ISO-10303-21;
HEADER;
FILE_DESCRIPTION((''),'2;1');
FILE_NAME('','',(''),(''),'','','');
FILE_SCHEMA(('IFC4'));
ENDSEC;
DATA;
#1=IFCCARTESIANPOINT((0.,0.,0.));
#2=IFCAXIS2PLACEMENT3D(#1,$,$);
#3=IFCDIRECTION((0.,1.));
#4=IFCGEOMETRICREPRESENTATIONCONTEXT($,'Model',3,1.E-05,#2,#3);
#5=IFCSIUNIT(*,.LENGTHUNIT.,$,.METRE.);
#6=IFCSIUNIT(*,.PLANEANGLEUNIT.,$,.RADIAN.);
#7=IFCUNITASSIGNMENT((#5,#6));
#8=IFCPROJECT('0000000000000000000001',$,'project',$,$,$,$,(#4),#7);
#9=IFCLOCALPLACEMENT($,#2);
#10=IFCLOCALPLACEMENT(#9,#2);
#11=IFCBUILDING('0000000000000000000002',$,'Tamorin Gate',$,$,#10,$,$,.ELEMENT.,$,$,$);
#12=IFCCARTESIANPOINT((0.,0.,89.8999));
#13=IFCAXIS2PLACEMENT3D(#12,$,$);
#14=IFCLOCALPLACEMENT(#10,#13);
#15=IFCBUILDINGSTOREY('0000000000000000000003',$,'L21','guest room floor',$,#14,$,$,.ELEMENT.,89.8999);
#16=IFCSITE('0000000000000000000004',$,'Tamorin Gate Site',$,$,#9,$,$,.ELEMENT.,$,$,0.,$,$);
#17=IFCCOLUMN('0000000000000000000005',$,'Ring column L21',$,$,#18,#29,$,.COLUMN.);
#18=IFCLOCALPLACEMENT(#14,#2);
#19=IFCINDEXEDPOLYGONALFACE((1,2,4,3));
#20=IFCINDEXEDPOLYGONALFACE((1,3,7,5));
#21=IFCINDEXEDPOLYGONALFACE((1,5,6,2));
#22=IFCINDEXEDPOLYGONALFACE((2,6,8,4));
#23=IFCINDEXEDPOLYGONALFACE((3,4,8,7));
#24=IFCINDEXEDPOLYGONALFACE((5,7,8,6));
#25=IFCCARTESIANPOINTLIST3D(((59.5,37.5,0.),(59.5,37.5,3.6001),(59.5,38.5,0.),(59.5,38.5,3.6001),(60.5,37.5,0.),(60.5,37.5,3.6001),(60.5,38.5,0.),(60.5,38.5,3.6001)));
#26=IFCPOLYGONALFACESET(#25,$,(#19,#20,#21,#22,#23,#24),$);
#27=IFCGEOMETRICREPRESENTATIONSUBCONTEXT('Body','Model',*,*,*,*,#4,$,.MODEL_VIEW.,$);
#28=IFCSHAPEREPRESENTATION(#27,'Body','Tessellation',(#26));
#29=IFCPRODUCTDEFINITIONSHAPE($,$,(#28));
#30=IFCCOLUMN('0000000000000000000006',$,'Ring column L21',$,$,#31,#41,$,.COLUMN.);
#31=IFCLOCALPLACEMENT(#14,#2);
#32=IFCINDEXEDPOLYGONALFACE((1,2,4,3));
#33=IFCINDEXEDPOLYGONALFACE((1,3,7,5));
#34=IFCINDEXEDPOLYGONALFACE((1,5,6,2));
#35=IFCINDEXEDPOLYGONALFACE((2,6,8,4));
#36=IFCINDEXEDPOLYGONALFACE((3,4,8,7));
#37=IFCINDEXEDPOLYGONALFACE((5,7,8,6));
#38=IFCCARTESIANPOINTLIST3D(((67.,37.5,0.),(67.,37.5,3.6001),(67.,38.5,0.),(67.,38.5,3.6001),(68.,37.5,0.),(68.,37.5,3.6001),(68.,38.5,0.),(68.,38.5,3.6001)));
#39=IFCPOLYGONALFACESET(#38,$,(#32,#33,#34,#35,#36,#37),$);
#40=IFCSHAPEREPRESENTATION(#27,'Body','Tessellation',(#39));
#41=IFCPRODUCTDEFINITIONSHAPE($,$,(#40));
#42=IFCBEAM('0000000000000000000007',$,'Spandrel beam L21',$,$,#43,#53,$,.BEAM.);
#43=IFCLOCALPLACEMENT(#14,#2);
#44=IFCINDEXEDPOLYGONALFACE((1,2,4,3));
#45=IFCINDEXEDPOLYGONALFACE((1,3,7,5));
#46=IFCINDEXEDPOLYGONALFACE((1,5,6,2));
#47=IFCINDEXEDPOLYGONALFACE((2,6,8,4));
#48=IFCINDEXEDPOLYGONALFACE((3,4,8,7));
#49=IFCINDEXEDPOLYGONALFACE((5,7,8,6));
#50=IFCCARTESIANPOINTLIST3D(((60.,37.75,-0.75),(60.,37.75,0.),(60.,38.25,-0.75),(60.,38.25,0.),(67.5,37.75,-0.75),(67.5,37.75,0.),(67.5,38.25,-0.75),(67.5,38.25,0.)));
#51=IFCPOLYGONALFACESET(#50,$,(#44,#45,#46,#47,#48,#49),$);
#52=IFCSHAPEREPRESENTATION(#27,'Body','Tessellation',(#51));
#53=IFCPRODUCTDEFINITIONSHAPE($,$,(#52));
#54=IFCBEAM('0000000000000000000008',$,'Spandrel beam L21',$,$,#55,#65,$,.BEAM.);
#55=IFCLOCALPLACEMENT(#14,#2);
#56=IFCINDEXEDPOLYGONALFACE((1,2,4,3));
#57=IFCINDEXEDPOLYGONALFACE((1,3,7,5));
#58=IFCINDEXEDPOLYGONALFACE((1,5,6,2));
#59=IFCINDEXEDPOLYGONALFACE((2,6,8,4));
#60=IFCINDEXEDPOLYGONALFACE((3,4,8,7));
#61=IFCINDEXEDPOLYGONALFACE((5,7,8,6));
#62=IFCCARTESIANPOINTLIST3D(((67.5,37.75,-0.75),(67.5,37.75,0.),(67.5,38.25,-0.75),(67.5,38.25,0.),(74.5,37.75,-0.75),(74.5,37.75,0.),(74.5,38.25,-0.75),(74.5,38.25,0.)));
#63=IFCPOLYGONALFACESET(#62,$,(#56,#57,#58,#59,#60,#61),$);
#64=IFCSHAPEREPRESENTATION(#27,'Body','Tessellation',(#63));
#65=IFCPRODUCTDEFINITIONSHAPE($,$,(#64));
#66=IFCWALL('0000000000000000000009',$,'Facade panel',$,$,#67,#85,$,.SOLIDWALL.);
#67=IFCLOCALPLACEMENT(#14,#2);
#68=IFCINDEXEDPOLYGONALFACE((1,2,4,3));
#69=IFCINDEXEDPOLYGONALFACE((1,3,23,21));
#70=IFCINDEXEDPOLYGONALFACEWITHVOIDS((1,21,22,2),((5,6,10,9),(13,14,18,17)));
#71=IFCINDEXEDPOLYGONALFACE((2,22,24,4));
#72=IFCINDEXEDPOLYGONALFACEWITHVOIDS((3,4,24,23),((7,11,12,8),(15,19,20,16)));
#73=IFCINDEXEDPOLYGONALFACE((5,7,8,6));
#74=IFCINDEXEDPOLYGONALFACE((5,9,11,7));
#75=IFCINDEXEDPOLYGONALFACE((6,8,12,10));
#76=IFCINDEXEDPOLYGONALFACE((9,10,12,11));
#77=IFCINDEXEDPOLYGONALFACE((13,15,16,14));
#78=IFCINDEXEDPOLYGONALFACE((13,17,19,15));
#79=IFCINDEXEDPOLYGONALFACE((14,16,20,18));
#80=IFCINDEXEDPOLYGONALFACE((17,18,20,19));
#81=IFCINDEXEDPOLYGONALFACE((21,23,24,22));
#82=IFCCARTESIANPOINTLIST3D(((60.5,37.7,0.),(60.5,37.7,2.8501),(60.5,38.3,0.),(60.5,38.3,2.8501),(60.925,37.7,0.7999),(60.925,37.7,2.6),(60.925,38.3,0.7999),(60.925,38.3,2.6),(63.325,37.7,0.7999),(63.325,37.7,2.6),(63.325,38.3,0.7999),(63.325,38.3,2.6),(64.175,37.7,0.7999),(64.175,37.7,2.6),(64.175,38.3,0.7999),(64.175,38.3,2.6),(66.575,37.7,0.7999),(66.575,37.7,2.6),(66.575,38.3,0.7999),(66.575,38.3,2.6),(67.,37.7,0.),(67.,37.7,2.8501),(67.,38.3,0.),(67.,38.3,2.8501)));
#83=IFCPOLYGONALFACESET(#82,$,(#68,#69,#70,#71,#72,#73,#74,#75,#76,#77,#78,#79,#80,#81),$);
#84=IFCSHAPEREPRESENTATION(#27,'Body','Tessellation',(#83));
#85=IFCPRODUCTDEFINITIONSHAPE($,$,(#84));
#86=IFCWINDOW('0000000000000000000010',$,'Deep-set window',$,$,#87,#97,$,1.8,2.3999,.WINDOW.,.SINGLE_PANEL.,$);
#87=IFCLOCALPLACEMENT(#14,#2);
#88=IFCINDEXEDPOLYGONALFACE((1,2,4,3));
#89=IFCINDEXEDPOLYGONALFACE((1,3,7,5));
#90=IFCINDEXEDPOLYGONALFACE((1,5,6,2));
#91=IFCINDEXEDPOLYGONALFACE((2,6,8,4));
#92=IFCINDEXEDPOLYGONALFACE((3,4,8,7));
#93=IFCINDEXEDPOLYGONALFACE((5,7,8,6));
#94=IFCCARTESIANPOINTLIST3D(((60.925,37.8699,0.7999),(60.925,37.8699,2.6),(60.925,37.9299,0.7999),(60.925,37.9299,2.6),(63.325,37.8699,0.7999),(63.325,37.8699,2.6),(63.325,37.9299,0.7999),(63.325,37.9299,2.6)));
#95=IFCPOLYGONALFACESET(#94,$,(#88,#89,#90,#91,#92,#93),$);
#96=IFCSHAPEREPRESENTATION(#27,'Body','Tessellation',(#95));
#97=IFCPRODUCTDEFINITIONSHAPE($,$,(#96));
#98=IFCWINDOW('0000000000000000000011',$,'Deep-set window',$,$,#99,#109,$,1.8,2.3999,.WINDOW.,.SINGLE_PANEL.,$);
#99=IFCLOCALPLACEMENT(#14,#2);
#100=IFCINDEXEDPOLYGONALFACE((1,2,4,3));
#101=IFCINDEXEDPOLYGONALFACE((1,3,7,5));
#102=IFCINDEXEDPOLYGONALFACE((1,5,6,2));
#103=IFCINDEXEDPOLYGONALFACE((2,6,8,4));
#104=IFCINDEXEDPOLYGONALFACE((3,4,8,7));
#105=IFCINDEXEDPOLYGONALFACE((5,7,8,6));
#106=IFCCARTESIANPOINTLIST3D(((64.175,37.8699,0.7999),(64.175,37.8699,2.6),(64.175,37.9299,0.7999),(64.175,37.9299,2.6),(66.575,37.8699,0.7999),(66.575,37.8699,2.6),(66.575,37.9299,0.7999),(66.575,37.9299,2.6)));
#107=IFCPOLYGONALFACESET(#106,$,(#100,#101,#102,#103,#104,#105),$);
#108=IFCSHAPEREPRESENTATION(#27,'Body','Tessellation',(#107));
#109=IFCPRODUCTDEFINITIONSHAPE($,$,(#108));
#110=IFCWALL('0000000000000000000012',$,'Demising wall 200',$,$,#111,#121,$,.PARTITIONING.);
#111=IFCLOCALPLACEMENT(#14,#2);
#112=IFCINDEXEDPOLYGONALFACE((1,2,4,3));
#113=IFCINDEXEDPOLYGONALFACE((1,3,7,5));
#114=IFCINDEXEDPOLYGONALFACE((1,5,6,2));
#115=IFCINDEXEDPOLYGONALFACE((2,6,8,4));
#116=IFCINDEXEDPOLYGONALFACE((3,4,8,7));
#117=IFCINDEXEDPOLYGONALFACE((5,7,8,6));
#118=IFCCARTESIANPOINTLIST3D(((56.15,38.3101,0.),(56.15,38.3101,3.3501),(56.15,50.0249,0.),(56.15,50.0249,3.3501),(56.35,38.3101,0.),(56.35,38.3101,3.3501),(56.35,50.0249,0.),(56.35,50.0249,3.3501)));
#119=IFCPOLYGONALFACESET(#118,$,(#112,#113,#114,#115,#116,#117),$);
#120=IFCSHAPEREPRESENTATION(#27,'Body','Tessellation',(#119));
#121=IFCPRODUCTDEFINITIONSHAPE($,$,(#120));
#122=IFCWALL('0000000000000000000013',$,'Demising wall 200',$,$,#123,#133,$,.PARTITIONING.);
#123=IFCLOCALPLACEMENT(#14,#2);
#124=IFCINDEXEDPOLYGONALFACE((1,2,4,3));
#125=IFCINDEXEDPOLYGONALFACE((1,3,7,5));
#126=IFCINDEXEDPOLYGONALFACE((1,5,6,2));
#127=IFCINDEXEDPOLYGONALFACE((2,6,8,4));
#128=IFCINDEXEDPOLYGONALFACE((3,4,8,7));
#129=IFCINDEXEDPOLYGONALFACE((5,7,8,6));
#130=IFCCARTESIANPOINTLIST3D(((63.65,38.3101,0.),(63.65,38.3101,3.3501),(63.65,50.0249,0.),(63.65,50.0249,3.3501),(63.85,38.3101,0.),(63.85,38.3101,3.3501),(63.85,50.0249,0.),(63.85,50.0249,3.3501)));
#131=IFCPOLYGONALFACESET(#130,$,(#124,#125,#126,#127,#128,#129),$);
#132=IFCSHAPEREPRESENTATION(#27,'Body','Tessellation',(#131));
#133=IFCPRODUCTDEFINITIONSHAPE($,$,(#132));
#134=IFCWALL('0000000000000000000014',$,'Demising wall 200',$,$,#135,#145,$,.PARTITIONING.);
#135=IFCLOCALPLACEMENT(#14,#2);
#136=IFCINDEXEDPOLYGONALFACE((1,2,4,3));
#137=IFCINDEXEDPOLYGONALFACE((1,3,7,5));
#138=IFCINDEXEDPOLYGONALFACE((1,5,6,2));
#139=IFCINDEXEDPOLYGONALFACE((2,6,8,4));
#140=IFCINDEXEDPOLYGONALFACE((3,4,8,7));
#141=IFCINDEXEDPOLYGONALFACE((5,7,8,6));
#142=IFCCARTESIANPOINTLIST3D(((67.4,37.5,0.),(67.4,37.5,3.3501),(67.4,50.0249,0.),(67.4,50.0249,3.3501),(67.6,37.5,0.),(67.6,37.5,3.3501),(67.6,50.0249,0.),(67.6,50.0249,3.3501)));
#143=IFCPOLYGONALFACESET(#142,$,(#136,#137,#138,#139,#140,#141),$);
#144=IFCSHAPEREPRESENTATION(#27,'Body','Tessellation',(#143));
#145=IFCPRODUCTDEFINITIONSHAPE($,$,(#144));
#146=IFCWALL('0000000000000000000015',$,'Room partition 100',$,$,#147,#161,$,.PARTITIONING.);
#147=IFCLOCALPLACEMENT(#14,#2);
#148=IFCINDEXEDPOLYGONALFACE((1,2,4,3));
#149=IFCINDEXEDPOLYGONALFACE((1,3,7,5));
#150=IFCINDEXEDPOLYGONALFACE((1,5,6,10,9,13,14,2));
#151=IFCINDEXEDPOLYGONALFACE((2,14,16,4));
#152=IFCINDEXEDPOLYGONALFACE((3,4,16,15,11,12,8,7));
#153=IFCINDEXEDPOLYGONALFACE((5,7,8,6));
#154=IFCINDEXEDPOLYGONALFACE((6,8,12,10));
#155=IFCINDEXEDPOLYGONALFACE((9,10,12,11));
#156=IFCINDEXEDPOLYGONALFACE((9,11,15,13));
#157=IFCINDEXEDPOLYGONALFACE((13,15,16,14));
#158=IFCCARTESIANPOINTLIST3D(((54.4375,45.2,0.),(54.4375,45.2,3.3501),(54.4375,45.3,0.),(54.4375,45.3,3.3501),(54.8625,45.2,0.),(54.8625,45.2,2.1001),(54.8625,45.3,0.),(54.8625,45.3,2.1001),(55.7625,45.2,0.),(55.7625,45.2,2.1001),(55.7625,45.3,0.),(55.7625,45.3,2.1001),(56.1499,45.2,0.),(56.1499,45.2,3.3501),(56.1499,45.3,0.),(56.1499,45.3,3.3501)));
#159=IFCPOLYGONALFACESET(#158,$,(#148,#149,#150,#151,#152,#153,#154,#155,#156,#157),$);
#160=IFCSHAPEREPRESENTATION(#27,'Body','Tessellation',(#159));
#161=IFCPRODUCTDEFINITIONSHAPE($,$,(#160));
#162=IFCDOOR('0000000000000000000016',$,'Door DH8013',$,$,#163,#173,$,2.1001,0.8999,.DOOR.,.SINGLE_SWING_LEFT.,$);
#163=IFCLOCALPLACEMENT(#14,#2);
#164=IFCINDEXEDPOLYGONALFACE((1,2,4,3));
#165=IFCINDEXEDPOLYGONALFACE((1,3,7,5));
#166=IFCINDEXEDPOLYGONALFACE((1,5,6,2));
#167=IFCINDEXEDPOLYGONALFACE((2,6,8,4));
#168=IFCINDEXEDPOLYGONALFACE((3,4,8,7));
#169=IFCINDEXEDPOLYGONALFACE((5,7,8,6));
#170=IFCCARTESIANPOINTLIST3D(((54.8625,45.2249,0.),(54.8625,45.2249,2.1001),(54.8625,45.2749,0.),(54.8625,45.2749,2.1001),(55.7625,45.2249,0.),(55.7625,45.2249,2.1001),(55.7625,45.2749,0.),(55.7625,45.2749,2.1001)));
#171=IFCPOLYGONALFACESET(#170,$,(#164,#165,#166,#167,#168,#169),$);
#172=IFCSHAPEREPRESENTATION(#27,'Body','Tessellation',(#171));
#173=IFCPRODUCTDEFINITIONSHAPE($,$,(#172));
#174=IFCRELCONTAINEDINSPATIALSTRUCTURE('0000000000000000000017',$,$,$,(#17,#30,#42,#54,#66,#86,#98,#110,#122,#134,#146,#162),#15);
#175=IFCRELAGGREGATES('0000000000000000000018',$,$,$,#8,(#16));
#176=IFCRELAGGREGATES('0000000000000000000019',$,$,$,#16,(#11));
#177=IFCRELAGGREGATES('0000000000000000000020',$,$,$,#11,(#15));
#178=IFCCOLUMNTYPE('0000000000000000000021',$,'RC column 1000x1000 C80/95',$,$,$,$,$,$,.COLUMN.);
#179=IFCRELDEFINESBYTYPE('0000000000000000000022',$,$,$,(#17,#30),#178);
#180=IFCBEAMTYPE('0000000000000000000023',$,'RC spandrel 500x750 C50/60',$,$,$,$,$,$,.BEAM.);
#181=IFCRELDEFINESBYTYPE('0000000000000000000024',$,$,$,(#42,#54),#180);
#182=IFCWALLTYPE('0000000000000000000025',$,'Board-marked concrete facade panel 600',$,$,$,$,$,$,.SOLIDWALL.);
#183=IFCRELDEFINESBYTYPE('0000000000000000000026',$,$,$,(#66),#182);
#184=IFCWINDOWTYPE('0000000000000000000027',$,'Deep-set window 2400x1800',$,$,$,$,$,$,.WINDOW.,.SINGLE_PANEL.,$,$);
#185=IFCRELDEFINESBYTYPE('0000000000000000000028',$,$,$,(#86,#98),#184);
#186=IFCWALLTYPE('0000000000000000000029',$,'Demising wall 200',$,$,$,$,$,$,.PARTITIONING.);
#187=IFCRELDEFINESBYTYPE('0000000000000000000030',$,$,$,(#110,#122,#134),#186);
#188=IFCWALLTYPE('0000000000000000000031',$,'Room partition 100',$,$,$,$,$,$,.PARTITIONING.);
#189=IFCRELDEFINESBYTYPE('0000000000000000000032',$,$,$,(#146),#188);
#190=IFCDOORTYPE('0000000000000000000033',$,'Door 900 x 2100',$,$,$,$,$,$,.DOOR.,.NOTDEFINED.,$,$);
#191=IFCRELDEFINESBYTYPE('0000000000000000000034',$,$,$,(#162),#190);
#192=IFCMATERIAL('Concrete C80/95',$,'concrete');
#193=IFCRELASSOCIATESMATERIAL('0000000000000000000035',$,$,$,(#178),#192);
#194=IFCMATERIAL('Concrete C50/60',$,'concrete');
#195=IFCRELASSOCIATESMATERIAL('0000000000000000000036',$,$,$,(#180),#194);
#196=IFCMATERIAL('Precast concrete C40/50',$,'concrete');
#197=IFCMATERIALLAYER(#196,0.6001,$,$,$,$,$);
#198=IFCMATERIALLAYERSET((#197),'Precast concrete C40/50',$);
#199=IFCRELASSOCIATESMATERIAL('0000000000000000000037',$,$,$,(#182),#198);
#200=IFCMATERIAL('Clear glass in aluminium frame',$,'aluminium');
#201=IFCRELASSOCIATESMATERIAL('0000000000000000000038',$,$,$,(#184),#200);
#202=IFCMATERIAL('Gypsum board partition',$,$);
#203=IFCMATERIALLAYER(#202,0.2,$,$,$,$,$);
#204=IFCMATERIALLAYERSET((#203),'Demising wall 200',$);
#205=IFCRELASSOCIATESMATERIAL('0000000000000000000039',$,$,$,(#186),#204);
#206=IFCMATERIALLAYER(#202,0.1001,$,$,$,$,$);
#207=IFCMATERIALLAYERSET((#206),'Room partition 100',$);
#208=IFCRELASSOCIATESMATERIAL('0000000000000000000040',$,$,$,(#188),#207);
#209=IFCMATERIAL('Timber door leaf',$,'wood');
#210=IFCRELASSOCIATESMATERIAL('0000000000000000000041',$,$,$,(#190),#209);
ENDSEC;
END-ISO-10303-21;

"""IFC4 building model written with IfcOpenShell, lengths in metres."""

from ifc_helpers import new_model, si_unit, direction, frame, frame_2d, origin, origin_2d, place, context, subcontext, project, spatial, rectangle, extrude, material, layer, layer_set, material_profile, profile_set, type_object, element, fill, save


model = new_model("IFC4")

# Units and contexts
model_context = context("Model", 3, precision=1e-05, world=origin(), true_north=direction((0.0, 1.0)))
body_context = subcontext(model_context, "Body", "Model", "MODEL_VIEW")
ifc_project = project(units=[si_unit("LENGTHUNIT", "METRE"), si_unit("PLANEANGLEUNIT", "RADIAN")], contexts=[model_context])

# Site, building, storey
site_placement = place(None, origin())
site = spatial("IfcSite", under=ifc_project, at=site_placement, Name="Tamorin Gate Site", CompositionType="ELEMENT", RefElevation=0.0)
building_placement = place(site_placement, origin())
building = spatial("IfcBuilding", under=site, at=building_placement, Name="Tamorin Gate", CompositionType="ELEMENT")
storey_placement = place(building_placement, frame((0.0, 0.0, 89.8999)))
storey = spatial("IfcBuildingStorey", under=building, at=storey_placement, Name="L21", Description="guest room floor", CompositionType="ELEMENT", Elevation=89.8999)

# Columns
ifc_material_1 = material(Name="Concrete C80/95", Category="concrete")
ifc_material_profile_1 = material_profile(ifc_material_1, rectangle(XDim=1.0, YDim=1.0, at=origin_2d()), Name="RC 1000x1000")
ifc_profile_set_1 = profile_set([ifc_material_profile_1], Name="Concrete C80/95")
column_type = type_object("IfcColumnType", Name="RC column 1000x1000 C80/95", PredefinedType="COLUMN", material=ifc_profile_set_1)
for number, where, z_axis, x_axis, name in (
    (1, (60.0, 38.0, 0.0), (0.0, 0.0, 1.0), (1.0, 0.0, 0.0), "Ring column L21"),
    (2, (67.5, 38.0, 0.0), (0.0, 0.0, 1.0), (1.0, 0.0, 0.0), "Ring column L21"),
):
    element("IfcColumn", number, at=place(storey_placement, frame(where, z_axis=z_axis, x_axis=x_axis)), inside=storey, type_object=column_type, Name=name, PredefinedType="COLUMN", context=body_context, shape_type="SweptSolid", body=[
        extrude(rectangle(XDim=1.0, YDim=1.0, at=origin_2d()), origin(), (0.0, 0.0, 1.0), 3.6001),
    ])

# Beams
ifc_material_2 = material(Name="Concrete C50/60", Category="concrete")
ifc_material_profile_2 = material_profile(ifc_material_2, rectangle(XDim=0.5, YDim=0.75, at=origin_2d()), Name="RC 500x750")
ifc_profile_set_2 = profile_set([ifc_material_profile_2], Name="Concrete C50/60")
beam_type = type_object("IfcBeamType", Name="RC spandrel 500x750 C50/60", PredefinedType="BEAM", material=ifc_profile_set_2)
beam_1_placement = place(storey_placement, frame((60.0, 38.0, -0.375), z_axis=(1.0, 0.0, 0.0), x_axis=(0.0, 1.0, 0.0)))
element("IfcBeam", 3, at=beam_1_placement, inside=storey, type_object=beam_type, Name="Spandrel beam L21", PredefinedType="BEAM", context=body_context, shape_type="SweptSolid", body=[
    extrude(rectangle(XDim=0.5, YDim=0.75, at=origin_2d()), origin(), (0.0, 0.0, 1.0), 7.5),
])
beam_2_placement = place(storey_placement, frame((67.5, 38.0, -0.375), z_axis=(1.0, 0.0, 0.0), x_axis=(0.0, 1.0, 0.0)))
element("IfcBeam", 4, at=beam_2_placement, inside=storey, type_object=beam_type, Name="Spandrel beam L21", PredefinedType="BEAM", context=body_context, shape_type="SweptSolid", body=[
    extrude(rectangle(XDim=0.5, YDim=0.75, at=origin_2d()), origin(), (0.0, 0.0, 1.0), 7.0),
])

# Wall, openings, windows
ifc_material_3 = material(Name="Precast concrete C40/50", Category="concrete")
ifc_layer_1 = layer(ifc_material_3, 0.6001)
ifc_layer_set_1 = layer_set([ifc_layer_1], Name="Precast concrete C40/50")
wall_type_1 = type_object("IfcWallType", Name="Board-marked concrete facade panel 600", PredefinedType="SOLIDWALL", material=ifc_layer_set_1)
wall_1_placement = place(storey_placement, frame((60.5, 38.0, 0.0), z_axis=(0.0, 0.0, 1.0), x_axis=(1.0, 0.0, 0.0)))
wall_1 = element("IfcWall", 5, at=wall_1_placement, inside=storey, type_object=wall_type_1, Name="Facade panel", PredefinedType="SOLIDWALL", context=body_context, shape_type="SweptSolid", body=[
    extrude(rectangle(XDim=6.5, YDim=0.6001, at=frame_2d((3.25, 0.0))), origin(), (0.0, 0.0, 1.0), 2.8501),
])
opening_1_placement = place(wall_1_placement, frame((0.425, 0.0, 0.8)))
opening_1 = element("IfcOpeningElement", 6, at=opening_1_placement, cuts=wall_1, PredefinedType="OPENING", context=body_context, shape_type="SweptSolid", body=[
    extrude(rectangle(XDim=2.3999, YDim=1.8, at=frame_2d((1.2, 0.8999))), frame((0.0, 0.3101, 0.0), z_axis=(0.0, -1.0, 0.0), x_axis=(1.0, 0.0, 0.0)), (0.0, 0.0, 1.0), 0.6201),
])
opening_2_placement = place(wall_1_placement, frame((3.675, 0.0, 0.8)))
opening_2 = element("IfcOpeningElement", 7, at=opening_2_placement, cuts=wall_1, PredefinedType="OPENING", context=body_context, shape_type="SweptSolid", body=[
    extrude(rectangle(XDim=2.3999, YDim=1.8, at=frame_2d((1.2, 0.8999))), frame((0.0, 0.3101, 0.0), z_axis=(0.0, -1.0, 0.0), x_axis=(1.0, 0.0, 0.0)), (0.0, 0.0, 1.0), 0.6201),
])
ifc_material_4 = material(Name="Clear glass in aluminium frame", Category="aluminium")
window_type = type_object("IfcWindowType", Name="Deep-set window 2400x1800", PartitioningType="SINGLE_PANEL", PredefinedType="WINDOW", material=ifc_material_4)
window_1_placement = place(opening_1_placement, origin())
window_1 = element("IfcWindow", 8, at=window_1_placement, inside=storey, type_object=window_type, Name="Deep-set window", OverallHeight=1.8, OverallWidth=2.3999, PartitioningType="SINGLE_PANEL", PredefinedType="WINDOW", context=body_context, shape_type="SweptSolid", body=[
    extrude(rectangle(XDim=2.3999, YDim=1.8, at=frame_2d((1.2, 0.8999))), frame((0.0, -0.0701, 0.0), z_axis=(0.0, -1.0, 0.0), x_axis=(1.0, 0.0, 0.0)), (0.0, 0.0, 1.0), 0.0601),
])
fill(opening_1, window_1)
window_2_placement = place(opening_2_placement, origin())
window_2 = element("IfcWindow", 9, at=window_2_placement, inside=storey, type_object=window_type, Name="Deep-set window", OverallHeight=1.8, OverallWidth=2.3999, PartitioningType="SINGLE_PANEL", PredefinedType="WINDOW", context=body_context, shape_type="SweptSolid", body=[
    extrude(rectangle(XDim=2.3999, YDim=1.8, at=frame_2d((1.2, 0.8999))), frame((0.0, -0.0701, 0.0), z_axis=(0.0, -1.0, 0.0), x_axis=(1.0, 0.0, 0.0)), (0.0, 0.0, 1.0), 0.0601),
])
fill(opening_2, window_2)

# Walls
ifc_material_5 = material(Name="Gypsum board partition")
ifc_layer_2 = layer(ifc_material_5, 0.2)
ifc_layer_set_2 = layer_set([ifc_layer_2], Name="Demising wall 200")
wall_type_2 = type_object("IfcWallType", Name="Demising wall 200", PredefinedType="PARTITIONING", material=ifc_layer_set_2)
for number, where, z_axis, x_axis, name in (
    (10, (56.25, 38.3101, 0.0), (0.0, 0.0, 1.0), (0.0, 1.0, 0.0), "Demising wall 200"),
    (11, (63.75, 38.3101, 0.0), (0.0, 0.0, 1.0), (0.0, 1.0, 0.0), "Demising wall 200"),
):
    element("IfcWall", number, at=place(storey_placement, frame(where, z_axis=z_axis, x_axis=x_axis)), inside=storey, type_object=wall_type_2, Name=name, PredefinedType="PARTITIONING", context=body_context, shape_type="SweptSolid", body=[
        extrude(rectangle(XDim=11.7148, YDim=0.2, at=frame_2d((5.8574, 0.0))), origin(), (0.0, 0.0, 1.0), 3.3501),
    ])
wall_2_placement = place(storey_placement, frame((67.5, 37.5, 0.0), z_axis=(0.0, 0.0, 1.0), x_axis=(0.0, 1.0, 0.0)))
element("IfcWall", 12, at=wall_2_placement, inside=storey, type_object=wall_type_2, Name="Demising wall 200", PredefinedType="PARTITIONING", context=body_context, shape_type="SweptSolid", body=[
    extrude(rectangle(XDim=12.5249, YDim=0.2, at=frame_2d((6.2625, 0.0))), origin(), (0.0, 0.0, 1.0), 3.3501),
])

# Wall, opening, door
ifc_layer_3 = layer(ifc_material_5, 0.1001)
ifc_layer_set_3 = layer_set([ifc_layer_3], Name="Room partition 100")
wall_type_3 = type_object("IfcWallType", Name="Room partition 100", PredefinedType="PARTITIONING", material=ifc_layer_set_3)
wall_3_placement = place(storey_placement, frame((54.4375, 45.25, 0.0), z_axis=(0.0, 0.0, 1.0), x_axis=(1.0, 0.0, 0.0)))
wall_3 = element("IfcWall", 13, at=wall_3_placement, inside=storey, type_object=wall_type_3, Name="Room partition 100", PredefinedType="PARTITIONING", context=body_context, shape_type="SweptSolid", body=[
    extrude(rectangle(XDim=1.7124, YDim=0.1001, at=frame_2d((0.8562, 0.0))), origin(), (0.0, 0.0, 1.0), 3.3501),
])
opening_3_placement = place(wall_3_placement, frame((0.425, 0.0, 0.0)))
opening_3 = element("IfcOpeningElement", 14, at=opening_3_placement, cuts=wall_3, PredefinedType="OPENING", context=body_context, shape_type="SweptSolid", body=[
    extrude(rectangle(XDim=0.8999, YDim=2.1001, at=frame_2d((0.45, 1.05))), frame((0.0, 0.0601, 0.0), z_axis=(0.0, -1.0, 0.0), x_axis=(1.0, 0.0, 0.0)), (0.0, 0.0, 1.0), 0.1201),
])
ifc_material_6 = material(Name="Timber door leaf", Category="wood")
door_type = type_object("IfcDoorType", Name="Door 900 x 2100", OperationType="NOTDEFINED", PredefinedType="DOOR", material=ifc_material_6)
door_1_placement = place(opening_3_placement, origin())
door_1 = element("IfcDoor", 15, at=door_1_placement, inside=storey, type_object=door_type, Name="Door DH8013", OperationType="SINGLE_SWING_LEFT", OverallHeight=2.1001, OverallWidth=0.8999, PredefinedType="DOOR", context=body_context, shape_type="SweptSolid", body=[
    extrude(rectangle(XDim=0.8999, YDim=2.1001, at=frame_2d((0.45, 1.05))), frame((0.0, 0.0249, 0.0), z_axis=(0.0, -1.0, 0.0), x_axis=(1.0, 0.0, 0.0)), (0.0, 0.0, 1.0), 0.05),
])
fill(opening_3, door_1)

save(model, "model.ifc")
